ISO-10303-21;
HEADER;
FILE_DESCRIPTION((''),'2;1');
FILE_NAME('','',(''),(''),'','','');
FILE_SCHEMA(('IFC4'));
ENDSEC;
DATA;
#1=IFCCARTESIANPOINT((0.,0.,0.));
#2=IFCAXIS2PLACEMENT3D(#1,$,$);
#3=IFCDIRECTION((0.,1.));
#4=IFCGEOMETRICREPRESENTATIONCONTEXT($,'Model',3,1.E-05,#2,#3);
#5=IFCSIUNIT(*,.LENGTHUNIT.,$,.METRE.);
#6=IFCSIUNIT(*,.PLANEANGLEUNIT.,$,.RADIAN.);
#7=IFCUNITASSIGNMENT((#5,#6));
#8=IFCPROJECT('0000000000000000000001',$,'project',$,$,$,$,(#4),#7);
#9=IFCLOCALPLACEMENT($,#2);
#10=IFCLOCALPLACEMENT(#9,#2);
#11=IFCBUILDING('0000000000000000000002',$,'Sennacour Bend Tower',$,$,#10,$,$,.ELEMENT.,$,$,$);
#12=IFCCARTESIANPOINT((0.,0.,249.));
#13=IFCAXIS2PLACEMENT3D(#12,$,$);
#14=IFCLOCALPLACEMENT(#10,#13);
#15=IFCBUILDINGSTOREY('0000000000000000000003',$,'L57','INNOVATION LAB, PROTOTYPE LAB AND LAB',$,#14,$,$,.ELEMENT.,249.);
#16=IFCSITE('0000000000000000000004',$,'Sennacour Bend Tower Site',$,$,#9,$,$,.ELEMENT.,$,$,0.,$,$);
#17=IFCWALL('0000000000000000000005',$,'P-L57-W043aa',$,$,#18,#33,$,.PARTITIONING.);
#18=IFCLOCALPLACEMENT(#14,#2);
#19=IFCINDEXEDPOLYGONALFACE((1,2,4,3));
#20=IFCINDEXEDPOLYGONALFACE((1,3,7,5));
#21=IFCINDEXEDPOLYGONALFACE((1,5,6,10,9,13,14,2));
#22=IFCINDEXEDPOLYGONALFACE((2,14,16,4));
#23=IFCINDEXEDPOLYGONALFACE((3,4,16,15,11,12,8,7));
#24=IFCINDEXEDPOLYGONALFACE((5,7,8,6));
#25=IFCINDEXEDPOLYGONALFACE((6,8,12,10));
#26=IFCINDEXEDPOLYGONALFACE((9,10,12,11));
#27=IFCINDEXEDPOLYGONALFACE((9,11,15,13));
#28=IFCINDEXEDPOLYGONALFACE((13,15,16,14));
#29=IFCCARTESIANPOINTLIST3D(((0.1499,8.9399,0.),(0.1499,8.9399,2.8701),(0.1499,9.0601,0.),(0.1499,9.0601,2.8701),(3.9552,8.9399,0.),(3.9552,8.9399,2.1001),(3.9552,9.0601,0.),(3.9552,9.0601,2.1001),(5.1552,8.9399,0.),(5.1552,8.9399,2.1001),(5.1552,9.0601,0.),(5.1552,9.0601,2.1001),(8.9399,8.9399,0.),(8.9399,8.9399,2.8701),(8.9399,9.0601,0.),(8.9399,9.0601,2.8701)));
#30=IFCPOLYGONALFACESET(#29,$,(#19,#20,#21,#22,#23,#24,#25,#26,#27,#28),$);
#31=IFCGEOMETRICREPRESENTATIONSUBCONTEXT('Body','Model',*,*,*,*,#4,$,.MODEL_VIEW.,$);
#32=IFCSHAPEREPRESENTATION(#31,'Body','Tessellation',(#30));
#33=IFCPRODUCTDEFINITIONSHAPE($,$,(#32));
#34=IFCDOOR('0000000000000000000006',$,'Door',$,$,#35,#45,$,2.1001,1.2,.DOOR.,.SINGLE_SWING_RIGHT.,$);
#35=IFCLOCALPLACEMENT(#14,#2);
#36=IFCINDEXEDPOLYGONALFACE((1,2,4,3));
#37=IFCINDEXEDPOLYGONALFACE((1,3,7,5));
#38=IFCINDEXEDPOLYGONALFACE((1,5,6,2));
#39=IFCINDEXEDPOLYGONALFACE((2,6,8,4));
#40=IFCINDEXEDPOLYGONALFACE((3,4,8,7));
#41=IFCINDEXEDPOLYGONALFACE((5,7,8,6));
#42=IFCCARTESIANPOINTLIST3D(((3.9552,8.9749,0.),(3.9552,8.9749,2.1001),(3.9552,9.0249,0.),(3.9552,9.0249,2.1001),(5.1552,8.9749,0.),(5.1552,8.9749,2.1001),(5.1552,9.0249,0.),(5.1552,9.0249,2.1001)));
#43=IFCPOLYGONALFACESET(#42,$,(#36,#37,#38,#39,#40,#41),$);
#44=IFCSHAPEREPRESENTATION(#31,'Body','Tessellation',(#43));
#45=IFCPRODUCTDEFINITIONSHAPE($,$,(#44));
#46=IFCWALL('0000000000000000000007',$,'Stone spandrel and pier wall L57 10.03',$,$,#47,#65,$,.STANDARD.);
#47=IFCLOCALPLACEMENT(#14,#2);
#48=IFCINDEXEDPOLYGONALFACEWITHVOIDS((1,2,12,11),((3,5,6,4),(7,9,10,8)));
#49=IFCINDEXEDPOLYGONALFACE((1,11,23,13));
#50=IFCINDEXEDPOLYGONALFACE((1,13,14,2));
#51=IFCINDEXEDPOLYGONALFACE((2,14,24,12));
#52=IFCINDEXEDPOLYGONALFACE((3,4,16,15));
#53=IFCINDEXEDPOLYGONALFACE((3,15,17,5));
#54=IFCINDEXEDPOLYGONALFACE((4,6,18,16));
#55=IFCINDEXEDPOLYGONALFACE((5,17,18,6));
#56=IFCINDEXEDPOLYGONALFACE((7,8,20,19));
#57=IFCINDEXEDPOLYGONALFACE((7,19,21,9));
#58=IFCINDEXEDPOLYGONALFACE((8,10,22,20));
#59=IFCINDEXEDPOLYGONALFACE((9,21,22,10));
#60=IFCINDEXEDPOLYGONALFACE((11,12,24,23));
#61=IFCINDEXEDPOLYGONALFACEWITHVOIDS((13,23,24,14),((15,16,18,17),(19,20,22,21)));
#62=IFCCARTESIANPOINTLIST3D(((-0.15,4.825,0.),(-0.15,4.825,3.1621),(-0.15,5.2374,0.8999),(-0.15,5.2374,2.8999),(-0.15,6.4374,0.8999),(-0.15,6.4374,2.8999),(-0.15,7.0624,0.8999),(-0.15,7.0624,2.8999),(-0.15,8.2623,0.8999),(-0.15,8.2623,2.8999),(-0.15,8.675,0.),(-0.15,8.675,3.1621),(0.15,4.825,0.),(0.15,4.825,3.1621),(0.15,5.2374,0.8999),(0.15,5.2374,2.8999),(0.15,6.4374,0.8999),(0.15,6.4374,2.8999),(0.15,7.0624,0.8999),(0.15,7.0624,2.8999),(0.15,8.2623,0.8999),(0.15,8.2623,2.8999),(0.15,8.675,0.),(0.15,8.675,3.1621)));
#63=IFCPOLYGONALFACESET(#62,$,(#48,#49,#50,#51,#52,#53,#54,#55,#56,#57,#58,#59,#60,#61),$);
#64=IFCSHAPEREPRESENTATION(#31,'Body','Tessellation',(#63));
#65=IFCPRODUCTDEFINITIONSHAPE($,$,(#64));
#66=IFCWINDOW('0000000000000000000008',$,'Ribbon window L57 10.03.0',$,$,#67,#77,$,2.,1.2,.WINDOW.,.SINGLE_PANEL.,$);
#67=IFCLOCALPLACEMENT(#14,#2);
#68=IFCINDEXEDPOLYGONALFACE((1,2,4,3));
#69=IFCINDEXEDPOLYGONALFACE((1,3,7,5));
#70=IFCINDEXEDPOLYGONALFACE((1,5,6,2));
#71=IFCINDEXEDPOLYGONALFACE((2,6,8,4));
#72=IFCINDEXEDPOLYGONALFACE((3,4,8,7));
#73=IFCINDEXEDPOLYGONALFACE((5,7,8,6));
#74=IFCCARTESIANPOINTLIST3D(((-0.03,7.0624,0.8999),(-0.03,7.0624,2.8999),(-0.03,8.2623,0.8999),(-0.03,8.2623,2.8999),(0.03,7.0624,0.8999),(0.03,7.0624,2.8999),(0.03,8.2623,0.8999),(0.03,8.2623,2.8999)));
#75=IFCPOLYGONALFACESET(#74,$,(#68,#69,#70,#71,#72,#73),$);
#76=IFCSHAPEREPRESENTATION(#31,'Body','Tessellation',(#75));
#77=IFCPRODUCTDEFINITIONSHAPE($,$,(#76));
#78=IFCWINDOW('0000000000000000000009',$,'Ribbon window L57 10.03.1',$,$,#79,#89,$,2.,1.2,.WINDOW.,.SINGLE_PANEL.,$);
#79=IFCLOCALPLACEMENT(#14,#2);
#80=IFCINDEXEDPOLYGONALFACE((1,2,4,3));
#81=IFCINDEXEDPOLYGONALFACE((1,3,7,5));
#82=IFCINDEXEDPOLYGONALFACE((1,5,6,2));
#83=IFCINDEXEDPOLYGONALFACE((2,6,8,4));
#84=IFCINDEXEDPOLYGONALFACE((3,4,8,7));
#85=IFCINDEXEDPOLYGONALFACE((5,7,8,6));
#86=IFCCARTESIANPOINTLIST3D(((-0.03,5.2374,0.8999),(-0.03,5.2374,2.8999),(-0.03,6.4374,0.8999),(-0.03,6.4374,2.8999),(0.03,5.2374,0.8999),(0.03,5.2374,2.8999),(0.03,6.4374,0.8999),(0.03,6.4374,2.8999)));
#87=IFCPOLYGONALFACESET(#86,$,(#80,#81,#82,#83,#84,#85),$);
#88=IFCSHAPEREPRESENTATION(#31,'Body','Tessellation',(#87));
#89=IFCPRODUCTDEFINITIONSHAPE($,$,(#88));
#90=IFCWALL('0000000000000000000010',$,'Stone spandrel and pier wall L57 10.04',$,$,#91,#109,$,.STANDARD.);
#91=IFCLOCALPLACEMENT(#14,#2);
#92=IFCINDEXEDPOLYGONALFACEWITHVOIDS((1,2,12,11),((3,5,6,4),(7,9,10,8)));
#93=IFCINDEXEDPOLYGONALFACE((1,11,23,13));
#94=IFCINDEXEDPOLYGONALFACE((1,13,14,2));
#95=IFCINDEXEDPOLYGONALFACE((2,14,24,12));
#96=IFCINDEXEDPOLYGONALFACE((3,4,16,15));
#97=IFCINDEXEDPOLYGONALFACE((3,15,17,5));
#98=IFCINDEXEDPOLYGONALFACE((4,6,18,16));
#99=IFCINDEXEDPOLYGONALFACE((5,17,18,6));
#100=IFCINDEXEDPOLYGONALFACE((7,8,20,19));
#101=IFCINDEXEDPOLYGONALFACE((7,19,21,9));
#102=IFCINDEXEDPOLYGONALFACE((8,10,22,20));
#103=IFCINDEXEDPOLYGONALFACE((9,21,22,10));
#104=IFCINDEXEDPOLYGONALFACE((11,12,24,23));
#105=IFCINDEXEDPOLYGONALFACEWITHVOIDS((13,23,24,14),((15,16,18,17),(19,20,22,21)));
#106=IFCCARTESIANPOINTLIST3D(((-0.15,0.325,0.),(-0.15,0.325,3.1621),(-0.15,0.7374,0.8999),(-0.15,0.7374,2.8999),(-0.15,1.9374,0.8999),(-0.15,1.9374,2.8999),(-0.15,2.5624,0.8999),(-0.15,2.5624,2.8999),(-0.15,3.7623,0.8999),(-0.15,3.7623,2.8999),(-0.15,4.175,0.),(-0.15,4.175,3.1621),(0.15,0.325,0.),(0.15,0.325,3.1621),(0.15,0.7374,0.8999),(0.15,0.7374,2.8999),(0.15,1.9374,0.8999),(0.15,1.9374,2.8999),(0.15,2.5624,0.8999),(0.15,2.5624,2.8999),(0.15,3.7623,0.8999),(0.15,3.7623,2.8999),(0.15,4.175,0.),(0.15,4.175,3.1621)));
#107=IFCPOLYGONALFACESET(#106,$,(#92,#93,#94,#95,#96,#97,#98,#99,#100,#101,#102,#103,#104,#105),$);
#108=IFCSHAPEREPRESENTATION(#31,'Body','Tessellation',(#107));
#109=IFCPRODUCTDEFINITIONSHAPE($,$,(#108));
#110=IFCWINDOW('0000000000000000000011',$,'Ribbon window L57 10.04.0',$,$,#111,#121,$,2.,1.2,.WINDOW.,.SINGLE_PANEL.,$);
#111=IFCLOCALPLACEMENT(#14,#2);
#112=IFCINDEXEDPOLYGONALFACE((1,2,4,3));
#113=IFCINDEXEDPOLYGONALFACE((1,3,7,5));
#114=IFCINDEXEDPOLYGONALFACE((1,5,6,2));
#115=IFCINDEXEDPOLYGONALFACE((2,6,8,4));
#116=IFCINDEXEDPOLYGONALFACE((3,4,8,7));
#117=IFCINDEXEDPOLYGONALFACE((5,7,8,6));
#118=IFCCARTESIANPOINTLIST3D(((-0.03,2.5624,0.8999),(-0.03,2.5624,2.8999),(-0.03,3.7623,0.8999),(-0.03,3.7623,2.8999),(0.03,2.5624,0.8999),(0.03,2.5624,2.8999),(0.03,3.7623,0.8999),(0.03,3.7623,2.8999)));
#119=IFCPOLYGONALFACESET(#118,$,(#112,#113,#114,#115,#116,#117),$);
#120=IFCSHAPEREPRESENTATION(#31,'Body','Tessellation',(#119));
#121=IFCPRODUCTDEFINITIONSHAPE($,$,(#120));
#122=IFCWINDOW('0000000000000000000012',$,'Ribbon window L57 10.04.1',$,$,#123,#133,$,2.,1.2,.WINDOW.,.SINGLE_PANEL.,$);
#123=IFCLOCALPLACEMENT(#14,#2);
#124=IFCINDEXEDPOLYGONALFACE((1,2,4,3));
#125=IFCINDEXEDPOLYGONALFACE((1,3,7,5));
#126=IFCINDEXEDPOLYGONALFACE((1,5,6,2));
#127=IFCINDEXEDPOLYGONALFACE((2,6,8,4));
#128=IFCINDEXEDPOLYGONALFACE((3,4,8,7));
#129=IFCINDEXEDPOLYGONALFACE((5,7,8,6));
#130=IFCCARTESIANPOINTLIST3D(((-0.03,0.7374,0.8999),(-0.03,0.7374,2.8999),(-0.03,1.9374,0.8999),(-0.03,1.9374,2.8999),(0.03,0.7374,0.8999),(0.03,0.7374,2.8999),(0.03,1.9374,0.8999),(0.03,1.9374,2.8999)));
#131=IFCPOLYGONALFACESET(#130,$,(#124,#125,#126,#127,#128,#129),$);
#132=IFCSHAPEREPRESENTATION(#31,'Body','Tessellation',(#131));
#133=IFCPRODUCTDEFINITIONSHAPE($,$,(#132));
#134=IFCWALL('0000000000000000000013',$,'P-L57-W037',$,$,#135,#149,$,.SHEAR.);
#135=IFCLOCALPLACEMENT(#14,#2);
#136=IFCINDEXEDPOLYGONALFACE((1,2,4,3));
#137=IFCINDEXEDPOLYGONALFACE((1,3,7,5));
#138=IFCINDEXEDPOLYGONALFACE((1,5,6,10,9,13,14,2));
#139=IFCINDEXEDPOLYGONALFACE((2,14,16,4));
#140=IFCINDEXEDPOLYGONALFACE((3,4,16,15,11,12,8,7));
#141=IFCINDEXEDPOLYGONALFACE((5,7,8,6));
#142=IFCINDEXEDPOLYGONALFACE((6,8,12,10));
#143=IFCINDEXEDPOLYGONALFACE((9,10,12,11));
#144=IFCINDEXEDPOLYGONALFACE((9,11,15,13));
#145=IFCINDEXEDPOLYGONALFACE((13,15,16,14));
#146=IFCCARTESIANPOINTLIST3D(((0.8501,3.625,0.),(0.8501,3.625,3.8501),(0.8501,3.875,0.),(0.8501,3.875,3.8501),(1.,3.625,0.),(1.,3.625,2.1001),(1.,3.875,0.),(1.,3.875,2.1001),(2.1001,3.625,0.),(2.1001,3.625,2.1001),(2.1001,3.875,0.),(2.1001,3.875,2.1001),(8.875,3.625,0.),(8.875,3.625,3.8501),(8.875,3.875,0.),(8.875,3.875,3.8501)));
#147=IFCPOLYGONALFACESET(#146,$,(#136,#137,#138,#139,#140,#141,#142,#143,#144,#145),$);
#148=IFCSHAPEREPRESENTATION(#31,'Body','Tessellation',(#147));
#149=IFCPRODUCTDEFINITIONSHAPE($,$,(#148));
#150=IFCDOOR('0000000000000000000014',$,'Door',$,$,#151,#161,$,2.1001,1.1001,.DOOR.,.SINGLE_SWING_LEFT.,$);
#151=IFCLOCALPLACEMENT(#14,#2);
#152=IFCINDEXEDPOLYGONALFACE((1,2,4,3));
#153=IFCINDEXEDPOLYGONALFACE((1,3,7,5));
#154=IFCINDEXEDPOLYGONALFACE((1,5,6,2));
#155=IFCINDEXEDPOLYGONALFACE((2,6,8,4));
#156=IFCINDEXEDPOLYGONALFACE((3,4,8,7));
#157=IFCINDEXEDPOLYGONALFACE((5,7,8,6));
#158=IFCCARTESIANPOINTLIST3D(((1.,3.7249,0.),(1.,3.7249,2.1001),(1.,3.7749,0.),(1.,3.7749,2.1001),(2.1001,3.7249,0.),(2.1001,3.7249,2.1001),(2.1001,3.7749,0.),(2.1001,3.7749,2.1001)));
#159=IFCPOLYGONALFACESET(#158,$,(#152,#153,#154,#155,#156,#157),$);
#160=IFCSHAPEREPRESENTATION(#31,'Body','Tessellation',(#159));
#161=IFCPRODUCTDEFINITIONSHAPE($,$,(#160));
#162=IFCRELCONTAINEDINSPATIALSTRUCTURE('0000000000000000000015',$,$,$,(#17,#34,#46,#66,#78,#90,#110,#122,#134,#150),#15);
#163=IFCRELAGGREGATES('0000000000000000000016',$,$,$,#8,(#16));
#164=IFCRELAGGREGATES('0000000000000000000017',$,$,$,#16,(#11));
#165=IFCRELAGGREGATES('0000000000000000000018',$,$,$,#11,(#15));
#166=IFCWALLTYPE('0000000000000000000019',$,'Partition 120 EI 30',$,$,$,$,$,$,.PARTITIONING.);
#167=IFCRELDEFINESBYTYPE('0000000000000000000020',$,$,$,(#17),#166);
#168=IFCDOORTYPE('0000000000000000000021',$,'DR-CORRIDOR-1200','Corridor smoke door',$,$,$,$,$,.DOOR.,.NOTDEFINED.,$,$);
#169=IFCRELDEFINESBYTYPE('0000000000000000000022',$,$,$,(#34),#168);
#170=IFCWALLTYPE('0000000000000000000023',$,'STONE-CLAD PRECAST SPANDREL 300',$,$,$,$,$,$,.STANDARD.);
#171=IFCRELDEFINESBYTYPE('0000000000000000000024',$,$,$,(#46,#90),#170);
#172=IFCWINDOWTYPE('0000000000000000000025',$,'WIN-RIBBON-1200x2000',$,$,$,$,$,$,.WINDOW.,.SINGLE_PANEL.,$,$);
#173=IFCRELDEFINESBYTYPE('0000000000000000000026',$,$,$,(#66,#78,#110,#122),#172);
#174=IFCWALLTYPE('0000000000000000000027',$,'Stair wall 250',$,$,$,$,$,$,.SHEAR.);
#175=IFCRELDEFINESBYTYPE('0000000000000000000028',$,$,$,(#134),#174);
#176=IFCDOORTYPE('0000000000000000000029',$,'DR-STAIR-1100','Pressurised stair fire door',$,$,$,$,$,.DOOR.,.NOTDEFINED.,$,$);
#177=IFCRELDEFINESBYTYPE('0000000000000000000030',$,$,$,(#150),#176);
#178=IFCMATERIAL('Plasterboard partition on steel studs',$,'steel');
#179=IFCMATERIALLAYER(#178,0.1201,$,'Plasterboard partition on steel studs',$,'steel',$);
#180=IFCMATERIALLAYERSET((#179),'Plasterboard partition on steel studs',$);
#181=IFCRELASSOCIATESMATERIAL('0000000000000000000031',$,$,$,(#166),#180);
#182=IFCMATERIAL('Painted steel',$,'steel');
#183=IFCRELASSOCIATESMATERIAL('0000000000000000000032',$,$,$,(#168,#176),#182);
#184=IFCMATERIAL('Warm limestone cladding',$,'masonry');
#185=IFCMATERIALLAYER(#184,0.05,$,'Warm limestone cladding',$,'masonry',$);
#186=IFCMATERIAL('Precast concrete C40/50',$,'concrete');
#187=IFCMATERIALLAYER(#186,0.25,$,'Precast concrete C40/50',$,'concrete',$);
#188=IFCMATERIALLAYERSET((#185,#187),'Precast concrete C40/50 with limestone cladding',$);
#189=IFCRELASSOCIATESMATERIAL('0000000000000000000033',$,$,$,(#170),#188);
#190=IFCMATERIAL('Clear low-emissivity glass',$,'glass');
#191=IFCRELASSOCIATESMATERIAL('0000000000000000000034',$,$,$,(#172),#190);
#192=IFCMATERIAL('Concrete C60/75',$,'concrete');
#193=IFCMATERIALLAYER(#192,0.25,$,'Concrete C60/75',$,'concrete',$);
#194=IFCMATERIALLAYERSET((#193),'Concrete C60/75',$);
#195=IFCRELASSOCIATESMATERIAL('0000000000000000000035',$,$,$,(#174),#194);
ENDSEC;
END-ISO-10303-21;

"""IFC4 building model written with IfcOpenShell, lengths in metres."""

from ifc_helpers import new_model, si_unit, direction, frame, frame_2d, origin, place, context, subcontext, project, spatial, rectangle, extrude, material, layer, layer_set, type_object, element, fill, save


model = new_model("IFC4")

# Units and contexts
model_context = context("Model", 3, precision=1e-05, world=origin(), true_north=direction((0.0, 1.0)))
body_context = subcontext(model_context, "Body", "Model", "MODEL_VIEW")
ifc_project = project(units=[si_unit("LENGTHUNIT", "METRE"), si_unit("PLANEANGLEUNIT", "RADIAN")], contexts=[model_context])

# Site, building, storey
site_placement = place(None, origin())
site = spatial("IfcSite", under=ifc_project, at=site_placement, Name="Sennacour Bend Tower Site", CompositionType="ELEMENT", RefElevation=0.0)
building_placement = place(site_placement, origin())
building = spatial("IfcBuilding", under=site, at=building_placement, Name="Sennacour Bend Tower", CompositionType="ELEMENT")
storey_placement = place(building_placement, frame((0.0, 0.0, 249.0)))
storey = spatial("IfcBuildingStorey", under=building, at=storey_placement, Name="L57", Description="INNOVATION LAB, PROTOTYPE LAB AND LAB", CompositionType="ELEMENT", Elevation=249.0)

# Shared definitions
ifc_material_1 = material(Name="Plasterboard partition on steel studs", Category="steel")

# Wall, opening, door
ifc_layer_1 = layer(ifc_material_1, 0.1201, Name="Plasterboard partition on steel studs", Category="steel")
ifc_layer_set_1 = layer_set([ifc_layer_1], Name="Plasterboard partition on steel studs")
wall_type_1 = type_object("IfcWallType", Name="Partition 120 EI 30", PredefinedType="PARTITIONING", material=ifc_layer_set_1)
wall_1_placement = place(storey_placement, frame((0.1499, 9.0, 0.0), z_axis=(0.0, 0.0, 1.0), x_axis=(1.0, 0.0, 0.0)))
wall_1 = element("IfcWall", 1, at=wall_1_placement, inside=storey, type_object=wall_type_1, Name="P-L57-W043aa", PredefinedType="PARTITIONING", context=body_context, shape_type="SweptSolid", body=[
    extrude(rectangle(XDim=8.79, YDim=0.1201, at=frame_2d((4.395, 0.0))), origin(), (0.0, 0.0, 1.0), 2.8701),
])
opening_1_placement = place(wall_1_placement, frame((3.8052, 0.0, 0.0)))
opening_1 = element("IfcOpeningElement", 2, at=opening_1_placement, cuts=wall_1, PredefinedType="OPENING", context=body_context, shape_type="SweptSolid", body=[
    extrude(rectangle(XDim=1.2, YDim=2.1001, at=frame_2d((0.6001, 1.05))), frame((0.0, 0.0701, 0.0), z_axis=(0.0, -1.0, 0.0), x_axis=(1.0, 0.0, 0.0)), (0.0, 0.0, 1.0), 0.1401),
])
ifc_material_2 = material(Name="Painted steel", Category="steel")
door_type_1 = type_object("IfcDoorType", Name="DR-CORRIDOR-1200", Description="Corridor smoke door", OperationType="NOTDEFINED", PredefinedType="DOOR", material=ifc_material_2)
door_1_placement = place(opening_1_placement, origin())
door_1 = element("IfcDoor", 3, at=door_1_placement, inside=storey, type_object=door_type_1, Name="Door", OperationType="SINGLE_SWING_RIGHT", OverallHeight=2.1001, OverallWidth=1.2, PredefinedType="DOOR", context=body_context, shape_type="SweptSolid", body=[
    extrude(rectangle(XDim=1.2, YDim=2.1001, at=frame_2d((0.6001, 1.05))), frame((0.0, 0.0249, 0.0), z_axis=(0.0, -1.0, 0.0), x_axis=(1.0, 0.0, 0.0)), (0.0, 0.0, 1.0), 0.05),
])
fill(opening_1, door_1)

# Walls, openings, windows
ifc_material_3 = material(Name="Warm limestone cladding", Category="masonry")
ifc_layer_2 = layer(ifc_material_3, 0.05, Name="Warm limestone cladding", Category="masonry")
ifc_material_4 = material(Name="Precast concrete C40/50", Category="concrete")
ifc_layer_3 = layer(ifc_material_4, 0.25, Name="Precast concrete C40/50", Category="concrete")
ifc_layer_set_2 = layer_set([ifc_layer_2, ifc_layer_3], Name="Precast concrete C40/50 with limestone cladding")
wall_type_2 = type_object("IfcWallType", Name="STONE-CLAD PRECAST SPANDREL 300", PredefinedType="STANDARD", material=ifc_layer_set_2)
wall_2_placement = place(storey_placement, frame((0.0, 8.675, 0.0), z_axis=(0.0, 0.0, 1.0), x_axis=(0.0, -1.0, 0.0)))
wall_2 = element("IfcWall", 4, at=wall_2_placement, inside=storey, type_object=wall_type_2, Name="Stone spandrel and pier wall L57 10.03", PredefinedType="STANDARD", context=body_context, shape_type="SweptSolid", body=[
    extrude(rectangle(XDim=3.8501, YDim=0.3, at=frame_2d((1.925, 0.0))), origin(), (0.0, 0.0, 1.0), 3.1621),
])
opening_2_placement = place(wall_2_placement, frame((0.4126, 0.0, 0.8999)))
opening_2 = element("IfcOpeningElement", 5, at=opening_2_placement, cuts=wall_2, PredefinedType="OPENING", context=body_context, shape_type="SweptSolid", body=[
    extrude(rectangle(XDim=1.2, YDim=2.0, at=frame_2d((0.6001, 1.0))), frame((0.0, 0.1602, 0.0), z_axis=(0.0, -1.0, 0.0), x_axis=(1.0, 0.0, 0.0)), (0.0, 0.0, 1.0), 0.3201),
])
opening_3_placement = place(wall_2_placement, frame((2.2375, 0.0, 0.8999)))
opening_3 = element("IfcOpeningElement", 6, at=opening_3_placement, cuts=wall_2, PredefinedType="OPENING", context=body_context, shape_type="SweptSolid", body=[
    extrude(rectangle(XDim=1.2, YDim=2.0, at=frame_2d((0.6001, 1.0))), frame((0.0, 0.1602, 0.0), z_axis=(0.0, -1.0, 0.0), x_axis=(1.0, 0.0, 0.0)), (0.0, 0.0, 1.0), 0.3201),
])
ifc_material_5 = material(Name="Clear low-emissivity glass", Category="glass")
window_type = type_object("IfcWindowType", Name="WIN-RIBBON-1200x2000", PartitioningType="SINGLE_PANEL", PredefinedType="WINDOW", material=ifc_material_5)
window_1_placement = place(opening_2_placement, origin())
window_1 = element("IfcWindow", 7, at=window_1_placement, inside=storey, type_object=window_type, Name="Ribbon window L57 10.03.0", OverallHeight=2.0, OverallWidth=1.2, PartitioningType="SINGLE_PANEL", PredefinedType="WINDOW", context=body_context, shape_type="SweptSolid", body=[
    extrude(rectangle(XDim=1.2, YDim=2.0, at=frame_2d((0.6001, 1.0))), frame((0.0, 0.03, 0.0), z_axis=(0.0, -1.0, 0.0), x_axis=(1.0, 0.0, 0.0)), (0.0, 0.0, 1.0), 0.0601),
])
fill(opening_2, window_1)
window_2_placement = place(opening_3_placement, origin())
window_2 = element("IfcWindow", 8, at=window_2_placement, inside=storey, type_object=window_type, Name="Ribbon window L57 10.03.1", OverallHeight=2.0, OverallWidth=1.2, PartitioningType="SINGLE_PANEL", PredefinedType="WINDOW", context=body_context, shape_type="SweptSolid", body=[
    extrude(rectangle(XDim=1.2, YDim=2.0, at=frame_2d((0.6001, 1.0))), frame((0.0, 0.03, 0.0), z_axis=(0.0, -1.0, 0.0), x_axis=(1.0, 0.0, 0.0)), (0.0, 0.0, 1.0), 0.0601),
])
fill(opening_3, window_2)
wall_3_placement = place(storey_placement, frame((0.0, 4.175, 0.0), z_axis=(0.0, 0.0, 1.0), x_axis=(0.0, -1.0, 0.0)))
wall_3 = element("IfcWall", 9, at=wall_3_placement, inside=storey, type_object=wall_type_2, Name="Stone spandrel and pier wall L57 10.04", PredefinedType="STANDARD", context=body_context, shape_type="SweptSolid", body=[
    extrude(rectangle(XDim=3.8501, YDim=0.3, at=frame_2d((1.925, 0.0))), origin(), (0.0, 0.0, 1.0), 3.1621),
])
opening_4_placement = place(wall_3_placement, frame((0.4126, 0.0, 0.8999)))
opening_4 = element("IfcOpeningElement", 10, at=opening_4_placement, cuts=wall_3, PredefinedType="OPENING", context=body_context, shape_type="SweptSolid", body=[
    extrude(rectangle(XDim=1.2, YDim=2.0, at=frame_2d((0.6001, 1.0))), frame((0.0, 0.1602, 0.0), z_axis=(0.0, -1.0, 0.0), x_axis=(1.0, 0.0, 0.0)), (0.0, 0.0, 1.0), 0.3201),
])
opening_5_placement = place(wall_3_placement, frame((2.2375, 0.0, 0.8999)))
opening_5 = element("IfcOpeningElement", 11, at=opening_5_placement, cuts=wall_3, PredefinedType="OPENING", context=body_context, shape_type="SweptSolid", body=[
    extrude(rectangle(XDim=1.2, YDim=2.0, at=frame_2d((0.6001, 1.0))), frame((0.0, 0.1602, 0.0), z_axis=(0.0, -1.0, 0.0), x_axis=(1.0, 0.0, 0.0)), (0.0, 0.0, 1.0), 0.3201),
])
window_3_placement = place(opening_4_placement, origin())
window_3 = element("IfcWindow", 12, at=window_3_placement, inside=storey, type_object=window_type, Name="Ribbon window L57 10.04.0", OverallHeight=2.0, OverallWidth=1.2, PartitioningType="SINGLE_PANEL", PredefinedType="WINDOW", context=body_context, shape_type="SweptSolid", body=[
    extrude(rectangle(XDim=1.2, YDim=2.0, at=frame_2d((0.6001, 1.0))), frame((0.0, 0.03, 0.0), z_axis=(0.0, -1.0, 0.0), x_axis=(1.0, 0.0, 0.0)), (0.0, 0.0, 1.0), 0.0601),
])
fill(opening_4, window_3)
window_4_placement = place(opening_5_placement, origin())
window_4 = element("IfcWindow", 13, at=window_4_placement, inside=storey, type_object=window_type, Name="Ribbon window L57 10.04.1", OverallHeight=2.0, OverallWidth=1.2, PartitioningType="SINGLE_PANEL", PredefinedType="WINDOW", context=body_context, shape_type="SweptSolid", body=[
    extrude(rectangle(XDim=1.2, YDim=2.0, at=frame_2d((0.6001, 1.0))), frame((0.0, 0.03, 0.0), z_axis=(0.0, -1.0, 0.0), x_axis=(1.0, 0.0, 0.0)), (0.0, 0.0, 1.0), 0.0601),
])
fill(opening_5, window_4)

# Wall, opening, door
ifc_material_6 = material(Name="Concrete C60/75", Category="concrete")
ifc_layer_4 = layer(ifc_material_6, 0.25, Name="Concrete C60/75", Category="concrete")
ifc_layer_set_3 = layer_set([ifc_layer_4], Name="Concrete C60/75")
wall_type_3 = type_object("IfcWallType", Name="Stair wall 250", PredefinedType="SHEAR", material=ifc_layer_set_3)
wall_4_placement = place(storey_placement, frame((0.8501, 3.75, 0.0), z_axis=(0.0, 0.0, 1.0), x_axis=(1.0, 0.0, 0.0)))
wall_4 = element("IfcWall", 14, at=wall_4_placement, inside=storey, type_object=wall_type_3, Name="P-L57-W037", PredefinedType="SHEAR", context=body_context, shape_type="SweptSolid", body=[
    extrude(rectangle(XDim=8.0249, YDim=0.25, at=frame_2d((4.0125, 0.0))), origin(), (0.0, 0.0, 1.0), 3.8501),
])
opening_6_placement = place(wall_4_placement, frame((0.1499, 0.0, 0.0)))
opening_6 = element("IfcOpeningElement", 15, at=opening_6_placement, cuts=wall_4, PredefinedType="OPENING", context=body_context, shape_type="SweptSolid", body=[
    extrude(rectangle(XDim=1.1001, YDim=2.1001, at=frame_2d((0.55, 1.05))), frame((0.0, 0.135, 0.0), z_axis=(0.0, -1.0, 0.0), x_axis=(1.0, 0.0, 0.0)), (0.0, 0.0, 1.0), 0.27),
])
door_type_2 = type_object("IfcDoorType", Name="DR-STAIR-1100", Description="Pressurised stair fire door", OperationType="NOTDEFINED", PredefinedType="DOOR", material=ifc_material_2)
door_2_placement = place(opening_6_placement, origin())
door_2 = element("IfcDoor", 16, at=door_2_placement, inside=storey, type_object=door_type_2, Name="Door", OperationType="SINGLE_SWING_LEFT", OverallHeight=2.1001, OverallWidth=1.1001, PredefinedType="DOOR", context=body_context, shape_type="SweptSolid", body=[
    extrude(rectangle(XDim=1.1001, YDim=2.1001, at=frame_2d((0.55, 1.05))), frame((0.0, 0.0249, 0.0), z_axis=(0.0, -1.0, 0.0), x_axis=(1.0, 0.0, 0.0)), (0.0, 0.0, 1.0), 0.05),
])
fill(opening_6, door_2)

save(model, "model.ifc")
